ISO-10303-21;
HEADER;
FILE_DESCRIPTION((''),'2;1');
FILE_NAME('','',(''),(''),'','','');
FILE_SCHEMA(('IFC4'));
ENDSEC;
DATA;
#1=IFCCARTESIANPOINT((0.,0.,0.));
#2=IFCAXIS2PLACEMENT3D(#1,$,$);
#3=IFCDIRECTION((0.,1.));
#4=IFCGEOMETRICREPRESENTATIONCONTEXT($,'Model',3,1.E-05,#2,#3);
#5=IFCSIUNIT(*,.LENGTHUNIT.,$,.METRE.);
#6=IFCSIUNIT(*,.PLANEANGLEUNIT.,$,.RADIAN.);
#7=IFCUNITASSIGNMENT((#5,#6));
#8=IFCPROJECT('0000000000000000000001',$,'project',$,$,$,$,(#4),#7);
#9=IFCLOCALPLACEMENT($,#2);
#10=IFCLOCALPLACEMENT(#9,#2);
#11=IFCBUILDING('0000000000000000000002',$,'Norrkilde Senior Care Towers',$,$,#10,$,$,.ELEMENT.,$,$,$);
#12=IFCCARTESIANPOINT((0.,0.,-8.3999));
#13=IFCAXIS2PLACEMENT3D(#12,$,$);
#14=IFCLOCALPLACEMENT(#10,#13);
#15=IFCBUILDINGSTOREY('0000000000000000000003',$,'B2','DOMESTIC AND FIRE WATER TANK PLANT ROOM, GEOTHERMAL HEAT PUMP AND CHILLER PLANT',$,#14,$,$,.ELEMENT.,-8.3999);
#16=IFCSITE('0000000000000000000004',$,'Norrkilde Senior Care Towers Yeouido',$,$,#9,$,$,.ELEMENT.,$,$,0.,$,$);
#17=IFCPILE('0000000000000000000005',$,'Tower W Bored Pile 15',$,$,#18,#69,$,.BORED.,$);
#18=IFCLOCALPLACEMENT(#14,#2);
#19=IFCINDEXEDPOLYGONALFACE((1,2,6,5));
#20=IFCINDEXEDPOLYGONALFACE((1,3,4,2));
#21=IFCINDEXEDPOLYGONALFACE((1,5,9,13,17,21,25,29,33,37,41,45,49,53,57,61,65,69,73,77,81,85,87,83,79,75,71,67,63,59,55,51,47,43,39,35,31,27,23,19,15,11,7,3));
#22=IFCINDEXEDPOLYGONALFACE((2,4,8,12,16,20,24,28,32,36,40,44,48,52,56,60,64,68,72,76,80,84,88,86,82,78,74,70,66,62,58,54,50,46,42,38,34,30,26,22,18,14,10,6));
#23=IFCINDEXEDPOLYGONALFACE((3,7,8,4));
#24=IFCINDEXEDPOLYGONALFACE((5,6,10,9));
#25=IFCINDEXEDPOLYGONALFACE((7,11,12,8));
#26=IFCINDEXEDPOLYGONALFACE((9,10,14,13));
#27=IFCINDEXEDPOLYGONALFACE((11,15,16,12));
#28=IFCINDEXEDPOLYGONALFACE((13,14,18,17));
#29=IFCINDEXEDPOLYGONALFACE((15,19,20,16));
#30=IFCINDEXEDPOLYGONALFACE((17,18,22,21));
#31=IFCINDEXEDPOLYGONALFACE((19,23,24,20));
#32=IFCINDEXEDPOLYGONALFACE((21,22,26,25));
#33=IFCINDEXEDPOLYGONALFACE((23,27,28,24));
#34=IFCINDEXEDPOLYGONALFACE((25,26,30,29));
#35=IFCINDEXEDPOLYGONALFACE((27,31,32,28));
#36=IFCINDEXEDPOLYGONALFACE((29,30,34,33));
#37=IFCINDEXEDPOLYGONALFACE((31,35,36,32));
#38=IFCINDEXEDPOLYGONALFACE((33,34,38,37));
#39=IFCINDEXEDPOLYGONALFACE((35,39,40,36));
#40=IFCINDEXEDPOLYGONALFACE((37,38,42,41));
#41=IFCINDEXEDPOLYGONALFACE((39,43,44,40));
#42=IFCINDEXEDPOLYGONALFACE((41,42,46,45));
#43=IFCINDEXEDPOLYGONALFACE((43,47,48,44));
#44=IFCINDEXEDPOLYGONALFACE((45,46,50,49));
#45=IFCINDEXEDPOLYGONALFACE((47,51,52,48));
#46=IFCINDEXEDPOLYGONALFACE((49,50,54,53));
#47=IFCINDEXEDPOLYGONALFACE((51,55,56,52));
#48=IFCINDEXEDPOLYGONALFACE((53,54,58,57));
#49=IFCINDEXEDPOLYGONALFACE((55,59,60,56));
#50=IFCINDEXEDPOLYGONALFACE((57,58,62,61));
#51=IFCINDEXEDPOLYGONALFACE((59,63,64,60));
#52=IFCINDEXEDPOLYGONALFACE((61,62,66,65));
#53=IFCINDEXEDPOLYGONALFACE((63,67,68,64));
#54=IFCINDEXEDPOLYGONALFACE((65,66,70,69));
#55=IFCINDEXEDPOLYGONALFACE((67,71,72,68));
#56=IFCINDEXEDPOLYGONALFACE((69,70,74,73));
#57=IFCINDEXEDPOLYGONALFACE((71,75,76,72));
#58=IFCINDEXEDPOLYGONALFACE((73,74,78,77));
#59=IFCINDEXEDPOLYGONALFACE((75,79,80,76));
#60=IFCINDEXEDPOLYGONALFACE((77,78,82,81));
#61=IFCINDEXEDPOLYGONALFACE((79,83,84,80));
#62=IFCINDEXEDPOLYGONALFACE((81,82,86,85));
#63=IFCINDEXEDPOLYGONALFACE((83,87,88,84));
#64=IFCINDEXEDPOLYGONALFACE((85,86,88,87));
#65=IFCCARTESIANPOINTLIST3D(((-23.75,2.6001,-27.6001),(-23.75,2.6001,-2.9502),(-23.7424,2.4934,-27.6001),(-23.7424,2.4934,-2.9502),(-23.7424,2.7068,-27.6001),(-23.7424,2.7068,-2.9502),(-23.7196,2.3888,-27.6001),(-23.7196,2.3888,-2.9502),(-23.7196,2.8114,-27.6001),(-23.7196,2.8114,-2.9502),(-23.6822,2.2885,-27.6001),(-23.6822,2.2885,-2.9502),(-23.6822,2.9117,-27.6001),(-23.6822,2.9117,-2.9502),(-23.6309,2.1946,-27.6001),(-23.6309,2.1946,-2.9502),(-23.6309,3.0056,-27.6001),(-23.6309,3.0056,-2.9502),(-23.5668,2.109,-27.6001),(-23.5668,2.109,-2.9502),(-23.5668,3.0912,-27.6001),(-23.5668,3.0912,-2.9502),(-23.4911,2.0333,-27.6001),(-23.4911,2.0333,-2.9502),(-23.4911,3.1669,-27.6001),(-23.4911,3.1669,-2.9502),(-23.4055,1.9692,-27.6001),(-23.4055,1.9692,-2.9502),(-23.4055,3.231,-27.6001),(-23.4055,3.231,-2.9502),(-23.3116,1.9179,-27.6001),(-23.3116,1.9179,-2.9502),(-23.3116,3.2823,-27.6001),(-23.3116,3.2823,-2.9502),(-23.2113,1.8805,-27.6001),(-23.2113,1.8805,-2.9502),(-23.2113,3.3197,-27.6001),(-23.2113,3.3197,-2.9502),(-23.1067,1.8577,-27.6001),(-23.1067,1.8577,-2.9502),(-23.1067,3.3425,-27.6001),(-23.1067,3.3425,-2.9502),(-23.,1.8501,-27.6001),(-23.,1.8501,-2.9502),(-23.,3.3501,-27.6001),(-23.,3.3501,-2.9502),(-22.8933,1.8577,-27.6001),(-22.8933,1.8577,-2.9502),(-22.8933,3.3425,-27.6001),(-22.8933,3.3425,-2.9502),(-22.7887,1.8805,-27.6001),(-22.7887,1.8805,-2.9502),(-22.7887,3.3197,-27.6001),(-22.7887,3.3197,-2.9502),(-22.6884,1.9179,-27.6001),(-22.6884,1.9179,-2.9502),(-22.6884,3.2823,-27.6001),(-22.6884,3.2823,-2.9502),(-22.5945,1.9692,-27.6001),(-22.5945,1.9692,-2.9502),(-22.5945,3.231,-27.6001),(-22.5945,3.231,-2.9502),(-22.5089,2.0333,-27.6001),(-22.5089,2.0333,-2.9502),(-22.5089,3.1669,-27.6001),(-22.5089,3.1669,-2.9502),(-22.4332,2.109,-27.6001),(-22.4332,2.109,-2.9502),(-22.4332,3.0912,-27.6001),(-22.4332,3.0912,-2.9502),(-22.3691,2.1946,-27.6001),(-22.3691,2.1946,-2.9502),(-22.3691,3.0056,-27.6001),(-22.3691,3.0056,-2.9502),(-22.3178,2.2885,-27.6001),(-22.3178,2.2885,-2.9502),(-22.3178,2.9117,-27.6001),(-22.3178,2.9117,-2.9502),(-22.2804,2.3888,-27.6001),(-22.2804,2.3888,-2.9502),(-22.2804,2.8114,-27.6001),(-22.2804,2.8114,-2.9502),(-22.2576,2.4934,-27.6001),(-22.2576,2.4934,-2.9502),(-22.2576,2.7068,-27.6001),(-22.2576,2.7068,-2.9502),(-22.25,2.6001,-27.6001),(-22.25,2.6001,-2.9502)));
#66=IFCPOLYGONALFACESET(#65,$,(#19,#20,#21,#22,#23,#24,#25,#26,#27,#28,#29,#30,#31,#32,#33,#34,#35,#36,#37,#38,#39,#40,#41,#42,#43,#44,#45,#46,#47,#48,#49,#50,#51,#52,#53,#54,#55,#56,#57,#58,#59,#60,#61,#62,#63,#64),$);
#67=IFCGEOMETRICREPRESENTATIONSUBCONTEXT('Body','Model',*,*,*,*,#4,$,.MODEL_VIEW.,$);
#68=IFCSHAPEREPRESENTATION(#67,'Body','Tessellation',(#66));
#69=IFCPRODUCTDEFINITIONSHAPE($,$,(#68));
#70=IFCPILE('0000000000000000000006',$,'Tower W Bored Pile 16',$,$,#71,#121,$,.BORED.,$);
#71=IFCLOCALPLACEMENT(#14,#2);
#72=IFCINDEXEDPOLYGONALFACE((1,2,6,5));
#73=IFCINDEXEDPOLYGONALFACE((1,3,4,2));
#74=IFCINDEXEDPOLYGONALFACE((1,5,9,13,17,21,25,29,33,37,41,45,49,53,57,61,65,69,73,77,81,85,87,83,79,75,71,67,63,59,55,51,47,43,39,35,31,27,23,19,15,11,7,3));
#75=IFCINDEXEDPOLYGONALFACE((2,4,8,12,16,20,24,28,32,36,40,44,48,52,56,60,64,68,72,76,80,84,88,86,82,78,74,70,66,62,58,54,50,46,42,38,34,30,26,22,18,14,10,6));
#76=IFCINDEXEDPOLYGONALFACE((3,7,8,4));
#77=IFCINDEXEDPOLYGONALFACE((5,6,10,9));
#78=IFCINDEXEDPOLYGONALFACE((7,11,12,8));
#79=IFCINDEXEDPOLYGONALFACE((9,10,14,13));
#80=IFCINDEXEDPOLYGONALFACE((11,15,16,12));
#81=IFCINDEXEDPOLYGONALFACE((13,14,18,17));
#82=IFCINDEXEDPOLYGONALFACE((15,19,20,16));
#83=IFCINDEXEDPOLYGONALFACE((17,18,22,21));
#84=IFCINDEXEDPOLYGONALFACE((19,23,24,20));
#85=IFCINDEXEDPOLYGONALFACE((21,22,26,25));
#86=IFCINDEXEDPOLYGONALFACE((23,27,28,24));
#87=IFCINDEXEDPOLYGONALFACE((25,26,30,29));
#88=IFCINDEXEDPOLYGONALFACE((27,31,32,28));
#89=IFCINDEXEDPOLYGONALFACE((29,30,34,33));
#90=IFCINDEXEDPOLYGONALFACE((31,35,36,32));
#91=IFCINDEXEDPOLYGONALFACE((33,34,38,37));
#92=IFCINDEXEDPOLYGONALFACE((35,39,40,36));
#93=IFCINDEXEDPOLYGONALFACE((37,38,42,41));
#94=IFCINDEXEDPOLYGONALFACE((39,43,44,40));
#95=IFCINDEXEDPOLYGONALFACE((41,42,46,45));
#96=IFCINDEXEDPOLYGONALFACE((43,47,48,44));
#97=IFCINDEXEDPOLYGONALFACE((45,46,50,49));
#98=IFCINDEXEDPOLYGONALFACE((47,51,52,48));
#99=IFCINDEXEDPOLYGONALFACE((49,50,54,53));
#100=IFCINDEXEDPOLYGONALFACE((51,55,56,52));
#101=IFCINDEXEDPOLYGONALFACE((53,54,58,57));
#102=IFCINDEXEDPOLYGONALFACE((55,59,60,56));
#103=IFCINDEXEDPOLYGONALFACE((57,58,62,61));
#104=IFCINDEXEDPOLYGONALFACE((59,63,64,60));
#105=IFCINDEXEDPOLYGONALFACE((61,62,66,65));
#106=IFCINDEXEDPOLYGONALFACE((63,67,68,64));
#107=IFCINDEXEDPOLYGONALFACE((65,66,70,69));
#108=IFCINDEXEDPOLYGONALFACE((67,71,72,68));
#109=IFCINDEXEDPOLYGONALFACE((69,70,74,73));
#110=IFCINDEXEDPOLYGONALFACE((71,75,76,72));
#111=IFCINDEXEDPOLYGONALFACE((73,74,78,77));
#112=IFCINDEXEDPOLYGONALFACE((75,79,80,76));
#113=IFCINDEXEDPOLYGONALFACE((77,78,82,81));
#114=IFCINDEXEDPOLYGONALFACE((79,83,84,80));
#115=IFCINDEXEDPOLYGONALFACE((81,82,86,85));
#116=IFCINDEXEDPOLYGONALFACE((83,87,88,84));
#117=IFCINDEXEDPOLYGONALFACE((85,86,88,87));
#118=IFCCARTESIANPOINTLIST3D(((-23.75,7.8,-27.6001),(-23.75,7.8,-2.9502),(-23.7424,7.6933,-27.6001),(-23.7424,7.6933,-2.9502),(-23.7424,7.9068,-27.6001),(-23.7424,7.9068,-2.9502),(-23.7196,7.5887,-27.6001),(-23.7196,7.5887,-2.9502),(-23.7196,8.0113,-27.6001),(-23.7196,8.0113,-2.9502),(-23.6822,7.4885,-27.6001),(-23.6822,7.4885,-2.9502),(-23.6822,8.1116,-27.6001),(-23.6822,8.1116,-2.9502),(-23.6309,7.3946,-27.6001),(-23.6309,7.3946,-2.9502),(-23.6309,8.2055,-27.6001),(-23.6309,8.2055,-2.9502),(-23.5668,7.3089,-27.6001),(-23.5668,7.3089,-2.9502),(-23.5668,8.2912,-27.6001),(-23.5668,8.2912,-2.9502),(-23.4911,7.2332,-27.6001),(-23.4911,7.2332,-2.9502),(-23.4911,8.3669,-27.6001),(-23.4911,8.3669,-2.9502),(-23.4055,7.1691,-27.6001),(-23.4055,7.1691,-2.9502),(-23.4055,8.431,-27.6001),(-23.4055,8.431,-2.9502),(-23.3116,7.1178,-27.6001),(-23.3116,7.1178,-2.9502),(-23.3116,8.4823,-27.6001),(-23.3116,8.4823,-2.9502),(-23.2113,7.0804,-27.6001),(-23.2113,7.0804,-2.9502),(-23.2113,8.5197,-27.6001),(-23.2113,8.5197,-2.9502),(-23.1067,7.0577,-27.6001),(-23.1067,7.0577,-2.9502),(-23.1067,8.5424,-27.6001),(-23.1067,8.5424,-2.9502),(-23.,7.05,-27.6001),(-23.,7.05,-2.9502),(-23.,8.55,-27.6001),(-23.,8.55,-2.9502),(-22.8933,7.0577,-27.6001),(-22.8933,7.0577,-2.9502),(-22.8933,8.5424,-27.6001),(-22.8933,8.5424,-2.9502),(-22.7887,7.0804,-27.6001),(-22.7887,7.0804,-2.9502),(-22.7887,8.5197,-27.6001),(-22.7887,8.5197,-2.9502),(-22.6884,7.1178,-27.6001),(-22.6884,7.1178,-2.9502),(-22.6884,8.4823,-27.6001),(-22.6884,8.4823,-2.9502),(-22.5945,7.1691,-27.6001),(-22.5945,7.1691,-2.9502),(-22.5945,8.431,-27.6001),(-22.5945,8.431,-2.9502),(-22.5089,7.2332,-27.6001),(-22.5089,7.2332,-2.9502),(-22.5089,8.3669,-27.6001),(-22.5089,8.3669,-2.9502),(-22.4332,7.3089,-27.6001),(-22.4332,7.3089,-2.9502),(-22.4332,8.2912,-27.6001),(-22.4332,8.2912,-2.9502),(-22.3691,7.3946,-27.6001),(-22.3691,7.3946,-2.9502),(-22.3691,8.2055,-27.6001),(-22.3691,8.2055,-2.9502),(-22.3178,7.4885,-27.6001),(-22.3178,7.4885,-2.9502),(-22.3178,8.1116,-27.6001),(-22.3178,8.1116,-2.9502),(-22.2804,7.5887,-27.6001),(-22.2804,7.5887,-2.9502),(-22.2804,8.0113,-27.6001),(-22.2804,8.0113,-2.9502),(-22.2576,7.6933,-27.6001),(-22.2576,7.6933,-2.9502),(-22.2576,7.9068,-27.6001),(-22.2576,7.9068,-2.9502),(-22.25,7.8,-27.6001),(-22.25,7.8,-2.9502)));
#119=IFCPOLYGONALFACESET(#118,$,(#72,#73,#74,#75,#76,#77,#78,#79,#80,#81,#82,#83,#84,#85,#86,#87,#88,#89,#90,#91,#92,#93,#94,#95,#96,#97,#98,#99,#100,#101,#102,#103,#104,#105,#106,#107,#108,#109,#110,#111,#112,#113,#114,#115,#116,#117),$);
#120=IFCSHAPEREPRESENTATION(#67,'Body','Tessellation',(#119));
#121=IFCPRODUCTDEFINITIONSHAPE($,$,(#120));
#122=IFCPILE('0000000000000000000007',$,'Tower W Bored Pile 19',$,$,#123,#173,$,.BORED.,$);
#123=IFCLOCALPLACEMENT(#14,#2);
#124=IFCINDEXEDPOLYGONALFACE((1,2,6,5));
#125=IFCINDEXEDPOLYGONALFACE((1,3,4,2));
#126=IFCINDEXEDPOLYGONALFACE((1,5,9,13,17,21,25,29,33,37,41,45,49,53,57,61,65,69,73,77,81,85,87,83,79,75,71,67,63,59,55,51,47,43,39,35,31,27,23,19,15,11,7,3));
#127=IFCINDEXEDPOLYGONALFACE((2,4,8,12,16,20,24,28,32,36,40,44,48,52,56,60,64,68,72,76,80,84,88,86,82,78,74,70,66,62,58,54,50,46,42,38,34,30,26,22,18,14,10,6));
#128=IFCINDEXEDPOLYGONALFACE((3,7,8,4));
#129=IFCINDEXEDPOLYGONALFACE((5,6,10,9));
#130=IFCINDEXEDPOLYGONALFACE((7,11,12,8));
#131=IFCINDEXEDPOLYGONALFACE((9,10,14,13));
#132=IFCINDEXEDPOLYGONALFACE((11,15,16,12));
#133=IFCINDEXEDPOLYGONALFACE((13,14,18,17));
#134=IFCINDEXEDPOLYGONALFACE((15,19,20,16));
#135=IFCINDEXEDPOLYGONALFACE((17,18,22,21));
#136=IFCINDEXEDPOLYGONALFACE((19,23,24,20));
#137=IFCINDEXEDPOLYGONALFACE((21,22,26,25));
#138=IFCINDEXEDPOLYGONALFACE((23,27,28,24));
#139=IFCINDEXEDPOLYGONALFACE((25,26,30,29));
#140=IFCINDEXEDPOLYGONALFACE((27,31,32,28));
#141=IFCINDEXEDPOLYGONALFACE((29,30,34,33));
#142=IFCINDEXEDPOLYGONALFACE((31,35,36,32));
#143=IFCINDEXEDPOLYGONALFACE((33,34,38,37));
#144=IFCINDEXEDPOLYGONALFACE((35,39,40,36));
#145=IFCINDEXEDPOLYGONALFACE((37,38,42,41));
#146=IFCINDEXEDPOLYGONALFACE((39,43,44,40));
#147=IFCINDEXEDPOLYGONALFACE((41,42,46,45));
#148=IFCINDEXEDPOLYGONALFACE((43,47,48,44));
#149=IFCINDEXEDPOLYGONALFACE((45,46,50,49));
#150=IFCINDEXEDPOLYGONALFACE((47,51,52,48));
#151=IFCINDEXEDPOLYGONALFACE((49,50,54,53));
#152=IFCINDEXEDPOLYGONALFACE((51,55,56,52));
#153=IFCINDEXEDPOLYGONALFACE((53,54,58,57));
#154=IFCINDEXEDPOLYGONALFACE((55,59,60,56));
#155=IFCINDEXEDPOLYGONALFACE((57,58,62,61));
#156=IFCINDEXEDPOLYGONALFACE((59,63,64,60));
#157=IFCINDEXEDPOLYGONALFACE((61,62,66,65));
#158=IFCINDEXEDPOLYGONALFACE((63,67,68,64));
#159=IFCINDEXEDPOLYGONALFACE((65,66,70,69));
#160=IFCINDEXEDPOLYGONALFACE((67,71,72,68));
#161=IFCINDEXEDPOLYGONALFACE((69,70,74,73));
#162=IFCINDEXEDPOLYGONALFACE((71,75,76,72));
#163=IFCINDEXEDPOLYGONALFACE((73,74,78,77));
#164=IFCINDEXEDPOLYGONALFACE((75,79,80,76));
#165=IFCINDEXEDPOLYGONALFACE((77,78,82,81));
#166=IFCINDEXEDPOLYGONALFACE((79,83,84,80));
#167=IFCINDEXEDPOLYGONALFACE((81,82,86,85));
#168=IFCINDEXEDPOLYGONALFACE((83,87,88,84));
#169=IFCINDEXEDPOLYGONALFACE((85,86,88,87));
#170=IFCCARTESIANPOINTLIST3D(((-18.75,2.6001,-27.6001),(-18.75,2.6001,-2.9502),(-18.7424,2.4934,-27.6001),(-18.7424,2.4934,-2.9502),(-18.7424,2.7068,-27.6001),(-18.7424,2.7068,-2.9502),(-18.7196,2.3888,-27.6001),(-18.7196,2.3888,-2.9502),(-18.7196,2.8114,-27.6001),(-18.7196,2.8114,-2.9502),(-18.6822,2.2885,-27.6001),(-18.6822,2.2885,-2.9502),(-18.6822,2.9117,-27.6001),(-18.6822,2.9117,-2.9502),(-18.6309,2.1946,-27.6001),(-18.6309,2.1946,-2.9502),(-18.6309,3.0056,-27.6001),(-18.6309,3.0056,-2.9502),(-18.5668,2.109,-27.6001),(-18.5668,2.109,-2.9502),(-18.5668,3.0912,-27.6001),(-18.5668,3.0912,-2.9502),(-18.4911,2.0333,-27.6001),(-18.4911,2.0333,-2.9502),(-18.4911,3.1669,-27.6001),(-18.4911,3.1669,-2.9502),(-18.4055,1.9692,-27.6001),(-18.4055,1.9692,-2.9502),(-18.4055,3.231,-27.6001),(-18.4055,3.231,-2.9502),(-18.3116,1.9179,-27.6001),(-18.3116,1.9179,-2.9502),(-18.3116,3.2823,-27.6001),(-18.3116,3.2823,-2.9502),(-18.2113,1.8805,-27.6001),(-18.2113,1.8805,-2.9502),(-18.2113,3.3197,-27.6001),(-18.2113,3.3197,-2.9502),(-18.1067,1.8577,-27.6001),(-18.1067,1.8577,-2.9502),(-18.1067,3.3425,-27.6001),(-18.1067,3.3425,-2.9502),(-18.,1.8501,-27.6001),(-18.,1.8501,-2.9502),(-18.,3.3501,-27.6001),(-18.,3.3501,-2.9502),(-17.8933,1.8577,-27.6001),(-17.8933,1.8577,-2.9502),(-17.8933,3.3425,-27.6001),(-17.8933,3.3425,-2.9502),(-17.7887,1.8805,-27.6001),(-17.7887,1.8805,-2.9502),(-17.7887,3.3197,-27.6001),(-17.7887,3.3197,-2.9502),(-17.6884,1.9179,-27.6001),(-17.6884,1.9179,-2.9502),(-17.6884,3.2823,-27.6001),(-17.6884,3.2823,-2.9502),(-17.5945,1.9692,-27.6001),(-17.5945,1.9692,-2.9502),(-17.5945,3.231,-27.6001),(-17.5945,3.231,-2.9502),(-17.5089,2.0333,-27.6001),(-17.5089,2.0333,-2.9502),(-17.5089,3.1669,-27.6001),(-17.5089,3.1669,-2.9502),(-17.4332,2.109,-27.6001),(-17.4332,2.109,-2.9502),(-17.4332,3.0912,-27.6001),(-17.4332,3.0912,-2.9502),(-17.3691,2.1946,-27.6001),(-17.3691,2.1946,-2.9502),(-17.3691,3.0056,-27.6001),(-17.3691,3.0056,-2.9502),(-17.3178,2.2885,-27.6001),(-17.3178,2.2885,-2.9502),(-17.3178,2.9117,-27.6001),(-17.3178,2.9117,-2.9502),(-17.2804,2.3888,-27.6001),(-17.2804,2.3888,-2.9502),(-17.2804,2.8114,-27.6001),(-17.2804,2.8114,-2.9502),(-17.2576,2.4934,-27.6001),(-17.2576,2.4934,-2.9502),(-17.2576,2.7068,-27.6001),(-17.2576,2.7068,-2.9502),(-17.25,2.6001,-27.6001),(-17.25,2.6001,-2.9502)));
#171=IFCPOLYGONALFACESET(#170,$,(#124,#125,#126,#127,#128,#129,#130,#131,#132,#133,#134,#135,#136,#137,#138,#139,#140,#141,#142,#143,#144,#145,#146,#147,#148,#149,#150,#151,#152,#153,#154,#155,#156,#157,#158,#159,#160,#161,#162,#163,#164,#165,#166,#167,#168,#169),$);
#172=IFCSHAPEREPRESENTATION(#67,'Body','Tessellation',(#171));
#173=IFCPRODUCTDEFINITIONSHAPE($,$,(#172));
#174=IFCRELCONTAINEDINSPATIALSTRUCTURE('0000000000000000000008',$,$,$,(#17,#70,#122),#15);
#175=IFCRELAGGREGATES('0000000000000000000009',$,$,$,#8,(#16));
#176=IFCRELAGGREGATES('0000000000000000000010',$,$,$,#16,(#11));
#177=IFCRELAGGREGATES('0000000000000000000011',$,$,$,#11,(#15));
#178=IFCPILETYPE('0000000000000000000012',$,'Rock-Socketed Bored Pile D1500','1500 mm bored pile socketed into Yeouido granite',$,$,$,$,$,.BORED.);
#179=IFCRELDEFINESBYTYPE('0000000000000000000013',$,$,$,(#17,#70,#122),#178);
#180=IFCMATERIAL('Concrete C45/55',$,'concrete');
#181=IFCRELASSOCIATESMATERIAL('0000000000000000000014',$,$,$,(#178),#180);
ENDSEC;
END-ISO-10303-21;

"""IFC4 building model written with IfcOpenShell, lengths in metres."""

from ifc_helpers import new_model, si_unit, direction, frame, origin, origin_2d, place, context, subcontext, project, spatial, circle, extrude, source, transform, mapped, material, material_profile, profile_set, type_object, type_shapes, element, save


model = new_model("IFC4")

# Units and contexts
model_context = context("Model", 3, precision=1e-05, world=origin(), true_north=direction((0.0, 1.0)))
body_context = subcontext(model_context, "Body", "Model", "MODEL_VIEW")
ifc_project = project(units=[si_unit("LENGTHUNIT", "METRE"), si_unit("PLANEANGLEUNIT", "RADIAN")], contexts=[model_context])

# Site, building, storey
site_placement = place(None, origin())
site = spatial("IfcSite", under=ifc_project, at=site_placement, Name="Norrkilde Senior Care Towers Yeouido", CompositionType="ELEMENT", RefElevation=0.0)
building_placement = place(site_placement, origin())
building = spatial("IfcBuilding", under=site, at=building_placement, Name="Norrkilde Senior Care Towers", CompositionType="ELEMENT")
storey_placement = place(building_placement, frame((0.0, 0.0, -8.3999)))
storey = spatial("IfcBuildingStorey", under=building, at=storey_placement, Name="B2", Description="DOMESTIC AND FIRE WATER TANK PLANT ROOM, GEOTHERMAL HEAT PUMP AND CHILLER PLANT", CompositionType="ELEMENT", Elevation=-8.3999)

# Piles
ifc_material_1 = material(Name="Concrete C45/55", Category="concrete")
ifc_material_profile_1 = material_profile(ifc_material_1, circle(Radius=0.75, at=origin_2d()), Name="BORED PILE 1500")
ifc_profile_set_1 = profile_set([ifc_material_profile_1], Name="Concrete C45/55")
pile_type_1 = type_object("IfcPileType", Name="Rock-Socketed Bored Pile D1500", Description="1500 mm bored pile socketed into Yeouido granite", PredefinedType="BORED", material=ifc_profile_set_1)
shared_shape_1 = source(origin(), body_context, "Body", "SweptSolid", [
    extrude(circle(Radius=0.75, at=origin_2d()), origin(), (0.0, 0.0, 1.0), 24.6499),
])
type_shapes(pile_type_1, [shared_shape_1])
for number, where, z_axis, x_axis, name in (
    (1, (-23.0, 2.6001, -2.9502), (0.0, 0.0, -1.0), (1.0, 0.0, 0.0), "Tower W Bored Pile 15"),
    (2, (-23.0, 7.8, -2.9502), (0.0, 0.0, -1.0), (1.0, 0.0, 0.0), "Tower W Bored Pile 16"),
    (3, (-18.0, 2.6001, -2.9502), (0.0, 0.0, -1.0), (1.0, 0.0, 0.0), "Tower W Bored Pile 19"),
):
    element("IfcPile", number, at=place(storey_placement, frame(where, z_axis=z_axis, x_axis=x_axis)), inside=storey, type_object=pile_type_1, Name=name, PredefinedType="BORED", context=body_context, shape_type="MappedRepresentation", body=[
        mapped(shared_shape_1, transform((0.0, 0.0, 0.0), x_axis=(1.0, 0.0, 0.0), y_axis=(0.0, 1.0, 0.0), z_axis=(0.0, 0.0, 1.0), scale=1.0)),
    ])

save(model, "model.ifc")
